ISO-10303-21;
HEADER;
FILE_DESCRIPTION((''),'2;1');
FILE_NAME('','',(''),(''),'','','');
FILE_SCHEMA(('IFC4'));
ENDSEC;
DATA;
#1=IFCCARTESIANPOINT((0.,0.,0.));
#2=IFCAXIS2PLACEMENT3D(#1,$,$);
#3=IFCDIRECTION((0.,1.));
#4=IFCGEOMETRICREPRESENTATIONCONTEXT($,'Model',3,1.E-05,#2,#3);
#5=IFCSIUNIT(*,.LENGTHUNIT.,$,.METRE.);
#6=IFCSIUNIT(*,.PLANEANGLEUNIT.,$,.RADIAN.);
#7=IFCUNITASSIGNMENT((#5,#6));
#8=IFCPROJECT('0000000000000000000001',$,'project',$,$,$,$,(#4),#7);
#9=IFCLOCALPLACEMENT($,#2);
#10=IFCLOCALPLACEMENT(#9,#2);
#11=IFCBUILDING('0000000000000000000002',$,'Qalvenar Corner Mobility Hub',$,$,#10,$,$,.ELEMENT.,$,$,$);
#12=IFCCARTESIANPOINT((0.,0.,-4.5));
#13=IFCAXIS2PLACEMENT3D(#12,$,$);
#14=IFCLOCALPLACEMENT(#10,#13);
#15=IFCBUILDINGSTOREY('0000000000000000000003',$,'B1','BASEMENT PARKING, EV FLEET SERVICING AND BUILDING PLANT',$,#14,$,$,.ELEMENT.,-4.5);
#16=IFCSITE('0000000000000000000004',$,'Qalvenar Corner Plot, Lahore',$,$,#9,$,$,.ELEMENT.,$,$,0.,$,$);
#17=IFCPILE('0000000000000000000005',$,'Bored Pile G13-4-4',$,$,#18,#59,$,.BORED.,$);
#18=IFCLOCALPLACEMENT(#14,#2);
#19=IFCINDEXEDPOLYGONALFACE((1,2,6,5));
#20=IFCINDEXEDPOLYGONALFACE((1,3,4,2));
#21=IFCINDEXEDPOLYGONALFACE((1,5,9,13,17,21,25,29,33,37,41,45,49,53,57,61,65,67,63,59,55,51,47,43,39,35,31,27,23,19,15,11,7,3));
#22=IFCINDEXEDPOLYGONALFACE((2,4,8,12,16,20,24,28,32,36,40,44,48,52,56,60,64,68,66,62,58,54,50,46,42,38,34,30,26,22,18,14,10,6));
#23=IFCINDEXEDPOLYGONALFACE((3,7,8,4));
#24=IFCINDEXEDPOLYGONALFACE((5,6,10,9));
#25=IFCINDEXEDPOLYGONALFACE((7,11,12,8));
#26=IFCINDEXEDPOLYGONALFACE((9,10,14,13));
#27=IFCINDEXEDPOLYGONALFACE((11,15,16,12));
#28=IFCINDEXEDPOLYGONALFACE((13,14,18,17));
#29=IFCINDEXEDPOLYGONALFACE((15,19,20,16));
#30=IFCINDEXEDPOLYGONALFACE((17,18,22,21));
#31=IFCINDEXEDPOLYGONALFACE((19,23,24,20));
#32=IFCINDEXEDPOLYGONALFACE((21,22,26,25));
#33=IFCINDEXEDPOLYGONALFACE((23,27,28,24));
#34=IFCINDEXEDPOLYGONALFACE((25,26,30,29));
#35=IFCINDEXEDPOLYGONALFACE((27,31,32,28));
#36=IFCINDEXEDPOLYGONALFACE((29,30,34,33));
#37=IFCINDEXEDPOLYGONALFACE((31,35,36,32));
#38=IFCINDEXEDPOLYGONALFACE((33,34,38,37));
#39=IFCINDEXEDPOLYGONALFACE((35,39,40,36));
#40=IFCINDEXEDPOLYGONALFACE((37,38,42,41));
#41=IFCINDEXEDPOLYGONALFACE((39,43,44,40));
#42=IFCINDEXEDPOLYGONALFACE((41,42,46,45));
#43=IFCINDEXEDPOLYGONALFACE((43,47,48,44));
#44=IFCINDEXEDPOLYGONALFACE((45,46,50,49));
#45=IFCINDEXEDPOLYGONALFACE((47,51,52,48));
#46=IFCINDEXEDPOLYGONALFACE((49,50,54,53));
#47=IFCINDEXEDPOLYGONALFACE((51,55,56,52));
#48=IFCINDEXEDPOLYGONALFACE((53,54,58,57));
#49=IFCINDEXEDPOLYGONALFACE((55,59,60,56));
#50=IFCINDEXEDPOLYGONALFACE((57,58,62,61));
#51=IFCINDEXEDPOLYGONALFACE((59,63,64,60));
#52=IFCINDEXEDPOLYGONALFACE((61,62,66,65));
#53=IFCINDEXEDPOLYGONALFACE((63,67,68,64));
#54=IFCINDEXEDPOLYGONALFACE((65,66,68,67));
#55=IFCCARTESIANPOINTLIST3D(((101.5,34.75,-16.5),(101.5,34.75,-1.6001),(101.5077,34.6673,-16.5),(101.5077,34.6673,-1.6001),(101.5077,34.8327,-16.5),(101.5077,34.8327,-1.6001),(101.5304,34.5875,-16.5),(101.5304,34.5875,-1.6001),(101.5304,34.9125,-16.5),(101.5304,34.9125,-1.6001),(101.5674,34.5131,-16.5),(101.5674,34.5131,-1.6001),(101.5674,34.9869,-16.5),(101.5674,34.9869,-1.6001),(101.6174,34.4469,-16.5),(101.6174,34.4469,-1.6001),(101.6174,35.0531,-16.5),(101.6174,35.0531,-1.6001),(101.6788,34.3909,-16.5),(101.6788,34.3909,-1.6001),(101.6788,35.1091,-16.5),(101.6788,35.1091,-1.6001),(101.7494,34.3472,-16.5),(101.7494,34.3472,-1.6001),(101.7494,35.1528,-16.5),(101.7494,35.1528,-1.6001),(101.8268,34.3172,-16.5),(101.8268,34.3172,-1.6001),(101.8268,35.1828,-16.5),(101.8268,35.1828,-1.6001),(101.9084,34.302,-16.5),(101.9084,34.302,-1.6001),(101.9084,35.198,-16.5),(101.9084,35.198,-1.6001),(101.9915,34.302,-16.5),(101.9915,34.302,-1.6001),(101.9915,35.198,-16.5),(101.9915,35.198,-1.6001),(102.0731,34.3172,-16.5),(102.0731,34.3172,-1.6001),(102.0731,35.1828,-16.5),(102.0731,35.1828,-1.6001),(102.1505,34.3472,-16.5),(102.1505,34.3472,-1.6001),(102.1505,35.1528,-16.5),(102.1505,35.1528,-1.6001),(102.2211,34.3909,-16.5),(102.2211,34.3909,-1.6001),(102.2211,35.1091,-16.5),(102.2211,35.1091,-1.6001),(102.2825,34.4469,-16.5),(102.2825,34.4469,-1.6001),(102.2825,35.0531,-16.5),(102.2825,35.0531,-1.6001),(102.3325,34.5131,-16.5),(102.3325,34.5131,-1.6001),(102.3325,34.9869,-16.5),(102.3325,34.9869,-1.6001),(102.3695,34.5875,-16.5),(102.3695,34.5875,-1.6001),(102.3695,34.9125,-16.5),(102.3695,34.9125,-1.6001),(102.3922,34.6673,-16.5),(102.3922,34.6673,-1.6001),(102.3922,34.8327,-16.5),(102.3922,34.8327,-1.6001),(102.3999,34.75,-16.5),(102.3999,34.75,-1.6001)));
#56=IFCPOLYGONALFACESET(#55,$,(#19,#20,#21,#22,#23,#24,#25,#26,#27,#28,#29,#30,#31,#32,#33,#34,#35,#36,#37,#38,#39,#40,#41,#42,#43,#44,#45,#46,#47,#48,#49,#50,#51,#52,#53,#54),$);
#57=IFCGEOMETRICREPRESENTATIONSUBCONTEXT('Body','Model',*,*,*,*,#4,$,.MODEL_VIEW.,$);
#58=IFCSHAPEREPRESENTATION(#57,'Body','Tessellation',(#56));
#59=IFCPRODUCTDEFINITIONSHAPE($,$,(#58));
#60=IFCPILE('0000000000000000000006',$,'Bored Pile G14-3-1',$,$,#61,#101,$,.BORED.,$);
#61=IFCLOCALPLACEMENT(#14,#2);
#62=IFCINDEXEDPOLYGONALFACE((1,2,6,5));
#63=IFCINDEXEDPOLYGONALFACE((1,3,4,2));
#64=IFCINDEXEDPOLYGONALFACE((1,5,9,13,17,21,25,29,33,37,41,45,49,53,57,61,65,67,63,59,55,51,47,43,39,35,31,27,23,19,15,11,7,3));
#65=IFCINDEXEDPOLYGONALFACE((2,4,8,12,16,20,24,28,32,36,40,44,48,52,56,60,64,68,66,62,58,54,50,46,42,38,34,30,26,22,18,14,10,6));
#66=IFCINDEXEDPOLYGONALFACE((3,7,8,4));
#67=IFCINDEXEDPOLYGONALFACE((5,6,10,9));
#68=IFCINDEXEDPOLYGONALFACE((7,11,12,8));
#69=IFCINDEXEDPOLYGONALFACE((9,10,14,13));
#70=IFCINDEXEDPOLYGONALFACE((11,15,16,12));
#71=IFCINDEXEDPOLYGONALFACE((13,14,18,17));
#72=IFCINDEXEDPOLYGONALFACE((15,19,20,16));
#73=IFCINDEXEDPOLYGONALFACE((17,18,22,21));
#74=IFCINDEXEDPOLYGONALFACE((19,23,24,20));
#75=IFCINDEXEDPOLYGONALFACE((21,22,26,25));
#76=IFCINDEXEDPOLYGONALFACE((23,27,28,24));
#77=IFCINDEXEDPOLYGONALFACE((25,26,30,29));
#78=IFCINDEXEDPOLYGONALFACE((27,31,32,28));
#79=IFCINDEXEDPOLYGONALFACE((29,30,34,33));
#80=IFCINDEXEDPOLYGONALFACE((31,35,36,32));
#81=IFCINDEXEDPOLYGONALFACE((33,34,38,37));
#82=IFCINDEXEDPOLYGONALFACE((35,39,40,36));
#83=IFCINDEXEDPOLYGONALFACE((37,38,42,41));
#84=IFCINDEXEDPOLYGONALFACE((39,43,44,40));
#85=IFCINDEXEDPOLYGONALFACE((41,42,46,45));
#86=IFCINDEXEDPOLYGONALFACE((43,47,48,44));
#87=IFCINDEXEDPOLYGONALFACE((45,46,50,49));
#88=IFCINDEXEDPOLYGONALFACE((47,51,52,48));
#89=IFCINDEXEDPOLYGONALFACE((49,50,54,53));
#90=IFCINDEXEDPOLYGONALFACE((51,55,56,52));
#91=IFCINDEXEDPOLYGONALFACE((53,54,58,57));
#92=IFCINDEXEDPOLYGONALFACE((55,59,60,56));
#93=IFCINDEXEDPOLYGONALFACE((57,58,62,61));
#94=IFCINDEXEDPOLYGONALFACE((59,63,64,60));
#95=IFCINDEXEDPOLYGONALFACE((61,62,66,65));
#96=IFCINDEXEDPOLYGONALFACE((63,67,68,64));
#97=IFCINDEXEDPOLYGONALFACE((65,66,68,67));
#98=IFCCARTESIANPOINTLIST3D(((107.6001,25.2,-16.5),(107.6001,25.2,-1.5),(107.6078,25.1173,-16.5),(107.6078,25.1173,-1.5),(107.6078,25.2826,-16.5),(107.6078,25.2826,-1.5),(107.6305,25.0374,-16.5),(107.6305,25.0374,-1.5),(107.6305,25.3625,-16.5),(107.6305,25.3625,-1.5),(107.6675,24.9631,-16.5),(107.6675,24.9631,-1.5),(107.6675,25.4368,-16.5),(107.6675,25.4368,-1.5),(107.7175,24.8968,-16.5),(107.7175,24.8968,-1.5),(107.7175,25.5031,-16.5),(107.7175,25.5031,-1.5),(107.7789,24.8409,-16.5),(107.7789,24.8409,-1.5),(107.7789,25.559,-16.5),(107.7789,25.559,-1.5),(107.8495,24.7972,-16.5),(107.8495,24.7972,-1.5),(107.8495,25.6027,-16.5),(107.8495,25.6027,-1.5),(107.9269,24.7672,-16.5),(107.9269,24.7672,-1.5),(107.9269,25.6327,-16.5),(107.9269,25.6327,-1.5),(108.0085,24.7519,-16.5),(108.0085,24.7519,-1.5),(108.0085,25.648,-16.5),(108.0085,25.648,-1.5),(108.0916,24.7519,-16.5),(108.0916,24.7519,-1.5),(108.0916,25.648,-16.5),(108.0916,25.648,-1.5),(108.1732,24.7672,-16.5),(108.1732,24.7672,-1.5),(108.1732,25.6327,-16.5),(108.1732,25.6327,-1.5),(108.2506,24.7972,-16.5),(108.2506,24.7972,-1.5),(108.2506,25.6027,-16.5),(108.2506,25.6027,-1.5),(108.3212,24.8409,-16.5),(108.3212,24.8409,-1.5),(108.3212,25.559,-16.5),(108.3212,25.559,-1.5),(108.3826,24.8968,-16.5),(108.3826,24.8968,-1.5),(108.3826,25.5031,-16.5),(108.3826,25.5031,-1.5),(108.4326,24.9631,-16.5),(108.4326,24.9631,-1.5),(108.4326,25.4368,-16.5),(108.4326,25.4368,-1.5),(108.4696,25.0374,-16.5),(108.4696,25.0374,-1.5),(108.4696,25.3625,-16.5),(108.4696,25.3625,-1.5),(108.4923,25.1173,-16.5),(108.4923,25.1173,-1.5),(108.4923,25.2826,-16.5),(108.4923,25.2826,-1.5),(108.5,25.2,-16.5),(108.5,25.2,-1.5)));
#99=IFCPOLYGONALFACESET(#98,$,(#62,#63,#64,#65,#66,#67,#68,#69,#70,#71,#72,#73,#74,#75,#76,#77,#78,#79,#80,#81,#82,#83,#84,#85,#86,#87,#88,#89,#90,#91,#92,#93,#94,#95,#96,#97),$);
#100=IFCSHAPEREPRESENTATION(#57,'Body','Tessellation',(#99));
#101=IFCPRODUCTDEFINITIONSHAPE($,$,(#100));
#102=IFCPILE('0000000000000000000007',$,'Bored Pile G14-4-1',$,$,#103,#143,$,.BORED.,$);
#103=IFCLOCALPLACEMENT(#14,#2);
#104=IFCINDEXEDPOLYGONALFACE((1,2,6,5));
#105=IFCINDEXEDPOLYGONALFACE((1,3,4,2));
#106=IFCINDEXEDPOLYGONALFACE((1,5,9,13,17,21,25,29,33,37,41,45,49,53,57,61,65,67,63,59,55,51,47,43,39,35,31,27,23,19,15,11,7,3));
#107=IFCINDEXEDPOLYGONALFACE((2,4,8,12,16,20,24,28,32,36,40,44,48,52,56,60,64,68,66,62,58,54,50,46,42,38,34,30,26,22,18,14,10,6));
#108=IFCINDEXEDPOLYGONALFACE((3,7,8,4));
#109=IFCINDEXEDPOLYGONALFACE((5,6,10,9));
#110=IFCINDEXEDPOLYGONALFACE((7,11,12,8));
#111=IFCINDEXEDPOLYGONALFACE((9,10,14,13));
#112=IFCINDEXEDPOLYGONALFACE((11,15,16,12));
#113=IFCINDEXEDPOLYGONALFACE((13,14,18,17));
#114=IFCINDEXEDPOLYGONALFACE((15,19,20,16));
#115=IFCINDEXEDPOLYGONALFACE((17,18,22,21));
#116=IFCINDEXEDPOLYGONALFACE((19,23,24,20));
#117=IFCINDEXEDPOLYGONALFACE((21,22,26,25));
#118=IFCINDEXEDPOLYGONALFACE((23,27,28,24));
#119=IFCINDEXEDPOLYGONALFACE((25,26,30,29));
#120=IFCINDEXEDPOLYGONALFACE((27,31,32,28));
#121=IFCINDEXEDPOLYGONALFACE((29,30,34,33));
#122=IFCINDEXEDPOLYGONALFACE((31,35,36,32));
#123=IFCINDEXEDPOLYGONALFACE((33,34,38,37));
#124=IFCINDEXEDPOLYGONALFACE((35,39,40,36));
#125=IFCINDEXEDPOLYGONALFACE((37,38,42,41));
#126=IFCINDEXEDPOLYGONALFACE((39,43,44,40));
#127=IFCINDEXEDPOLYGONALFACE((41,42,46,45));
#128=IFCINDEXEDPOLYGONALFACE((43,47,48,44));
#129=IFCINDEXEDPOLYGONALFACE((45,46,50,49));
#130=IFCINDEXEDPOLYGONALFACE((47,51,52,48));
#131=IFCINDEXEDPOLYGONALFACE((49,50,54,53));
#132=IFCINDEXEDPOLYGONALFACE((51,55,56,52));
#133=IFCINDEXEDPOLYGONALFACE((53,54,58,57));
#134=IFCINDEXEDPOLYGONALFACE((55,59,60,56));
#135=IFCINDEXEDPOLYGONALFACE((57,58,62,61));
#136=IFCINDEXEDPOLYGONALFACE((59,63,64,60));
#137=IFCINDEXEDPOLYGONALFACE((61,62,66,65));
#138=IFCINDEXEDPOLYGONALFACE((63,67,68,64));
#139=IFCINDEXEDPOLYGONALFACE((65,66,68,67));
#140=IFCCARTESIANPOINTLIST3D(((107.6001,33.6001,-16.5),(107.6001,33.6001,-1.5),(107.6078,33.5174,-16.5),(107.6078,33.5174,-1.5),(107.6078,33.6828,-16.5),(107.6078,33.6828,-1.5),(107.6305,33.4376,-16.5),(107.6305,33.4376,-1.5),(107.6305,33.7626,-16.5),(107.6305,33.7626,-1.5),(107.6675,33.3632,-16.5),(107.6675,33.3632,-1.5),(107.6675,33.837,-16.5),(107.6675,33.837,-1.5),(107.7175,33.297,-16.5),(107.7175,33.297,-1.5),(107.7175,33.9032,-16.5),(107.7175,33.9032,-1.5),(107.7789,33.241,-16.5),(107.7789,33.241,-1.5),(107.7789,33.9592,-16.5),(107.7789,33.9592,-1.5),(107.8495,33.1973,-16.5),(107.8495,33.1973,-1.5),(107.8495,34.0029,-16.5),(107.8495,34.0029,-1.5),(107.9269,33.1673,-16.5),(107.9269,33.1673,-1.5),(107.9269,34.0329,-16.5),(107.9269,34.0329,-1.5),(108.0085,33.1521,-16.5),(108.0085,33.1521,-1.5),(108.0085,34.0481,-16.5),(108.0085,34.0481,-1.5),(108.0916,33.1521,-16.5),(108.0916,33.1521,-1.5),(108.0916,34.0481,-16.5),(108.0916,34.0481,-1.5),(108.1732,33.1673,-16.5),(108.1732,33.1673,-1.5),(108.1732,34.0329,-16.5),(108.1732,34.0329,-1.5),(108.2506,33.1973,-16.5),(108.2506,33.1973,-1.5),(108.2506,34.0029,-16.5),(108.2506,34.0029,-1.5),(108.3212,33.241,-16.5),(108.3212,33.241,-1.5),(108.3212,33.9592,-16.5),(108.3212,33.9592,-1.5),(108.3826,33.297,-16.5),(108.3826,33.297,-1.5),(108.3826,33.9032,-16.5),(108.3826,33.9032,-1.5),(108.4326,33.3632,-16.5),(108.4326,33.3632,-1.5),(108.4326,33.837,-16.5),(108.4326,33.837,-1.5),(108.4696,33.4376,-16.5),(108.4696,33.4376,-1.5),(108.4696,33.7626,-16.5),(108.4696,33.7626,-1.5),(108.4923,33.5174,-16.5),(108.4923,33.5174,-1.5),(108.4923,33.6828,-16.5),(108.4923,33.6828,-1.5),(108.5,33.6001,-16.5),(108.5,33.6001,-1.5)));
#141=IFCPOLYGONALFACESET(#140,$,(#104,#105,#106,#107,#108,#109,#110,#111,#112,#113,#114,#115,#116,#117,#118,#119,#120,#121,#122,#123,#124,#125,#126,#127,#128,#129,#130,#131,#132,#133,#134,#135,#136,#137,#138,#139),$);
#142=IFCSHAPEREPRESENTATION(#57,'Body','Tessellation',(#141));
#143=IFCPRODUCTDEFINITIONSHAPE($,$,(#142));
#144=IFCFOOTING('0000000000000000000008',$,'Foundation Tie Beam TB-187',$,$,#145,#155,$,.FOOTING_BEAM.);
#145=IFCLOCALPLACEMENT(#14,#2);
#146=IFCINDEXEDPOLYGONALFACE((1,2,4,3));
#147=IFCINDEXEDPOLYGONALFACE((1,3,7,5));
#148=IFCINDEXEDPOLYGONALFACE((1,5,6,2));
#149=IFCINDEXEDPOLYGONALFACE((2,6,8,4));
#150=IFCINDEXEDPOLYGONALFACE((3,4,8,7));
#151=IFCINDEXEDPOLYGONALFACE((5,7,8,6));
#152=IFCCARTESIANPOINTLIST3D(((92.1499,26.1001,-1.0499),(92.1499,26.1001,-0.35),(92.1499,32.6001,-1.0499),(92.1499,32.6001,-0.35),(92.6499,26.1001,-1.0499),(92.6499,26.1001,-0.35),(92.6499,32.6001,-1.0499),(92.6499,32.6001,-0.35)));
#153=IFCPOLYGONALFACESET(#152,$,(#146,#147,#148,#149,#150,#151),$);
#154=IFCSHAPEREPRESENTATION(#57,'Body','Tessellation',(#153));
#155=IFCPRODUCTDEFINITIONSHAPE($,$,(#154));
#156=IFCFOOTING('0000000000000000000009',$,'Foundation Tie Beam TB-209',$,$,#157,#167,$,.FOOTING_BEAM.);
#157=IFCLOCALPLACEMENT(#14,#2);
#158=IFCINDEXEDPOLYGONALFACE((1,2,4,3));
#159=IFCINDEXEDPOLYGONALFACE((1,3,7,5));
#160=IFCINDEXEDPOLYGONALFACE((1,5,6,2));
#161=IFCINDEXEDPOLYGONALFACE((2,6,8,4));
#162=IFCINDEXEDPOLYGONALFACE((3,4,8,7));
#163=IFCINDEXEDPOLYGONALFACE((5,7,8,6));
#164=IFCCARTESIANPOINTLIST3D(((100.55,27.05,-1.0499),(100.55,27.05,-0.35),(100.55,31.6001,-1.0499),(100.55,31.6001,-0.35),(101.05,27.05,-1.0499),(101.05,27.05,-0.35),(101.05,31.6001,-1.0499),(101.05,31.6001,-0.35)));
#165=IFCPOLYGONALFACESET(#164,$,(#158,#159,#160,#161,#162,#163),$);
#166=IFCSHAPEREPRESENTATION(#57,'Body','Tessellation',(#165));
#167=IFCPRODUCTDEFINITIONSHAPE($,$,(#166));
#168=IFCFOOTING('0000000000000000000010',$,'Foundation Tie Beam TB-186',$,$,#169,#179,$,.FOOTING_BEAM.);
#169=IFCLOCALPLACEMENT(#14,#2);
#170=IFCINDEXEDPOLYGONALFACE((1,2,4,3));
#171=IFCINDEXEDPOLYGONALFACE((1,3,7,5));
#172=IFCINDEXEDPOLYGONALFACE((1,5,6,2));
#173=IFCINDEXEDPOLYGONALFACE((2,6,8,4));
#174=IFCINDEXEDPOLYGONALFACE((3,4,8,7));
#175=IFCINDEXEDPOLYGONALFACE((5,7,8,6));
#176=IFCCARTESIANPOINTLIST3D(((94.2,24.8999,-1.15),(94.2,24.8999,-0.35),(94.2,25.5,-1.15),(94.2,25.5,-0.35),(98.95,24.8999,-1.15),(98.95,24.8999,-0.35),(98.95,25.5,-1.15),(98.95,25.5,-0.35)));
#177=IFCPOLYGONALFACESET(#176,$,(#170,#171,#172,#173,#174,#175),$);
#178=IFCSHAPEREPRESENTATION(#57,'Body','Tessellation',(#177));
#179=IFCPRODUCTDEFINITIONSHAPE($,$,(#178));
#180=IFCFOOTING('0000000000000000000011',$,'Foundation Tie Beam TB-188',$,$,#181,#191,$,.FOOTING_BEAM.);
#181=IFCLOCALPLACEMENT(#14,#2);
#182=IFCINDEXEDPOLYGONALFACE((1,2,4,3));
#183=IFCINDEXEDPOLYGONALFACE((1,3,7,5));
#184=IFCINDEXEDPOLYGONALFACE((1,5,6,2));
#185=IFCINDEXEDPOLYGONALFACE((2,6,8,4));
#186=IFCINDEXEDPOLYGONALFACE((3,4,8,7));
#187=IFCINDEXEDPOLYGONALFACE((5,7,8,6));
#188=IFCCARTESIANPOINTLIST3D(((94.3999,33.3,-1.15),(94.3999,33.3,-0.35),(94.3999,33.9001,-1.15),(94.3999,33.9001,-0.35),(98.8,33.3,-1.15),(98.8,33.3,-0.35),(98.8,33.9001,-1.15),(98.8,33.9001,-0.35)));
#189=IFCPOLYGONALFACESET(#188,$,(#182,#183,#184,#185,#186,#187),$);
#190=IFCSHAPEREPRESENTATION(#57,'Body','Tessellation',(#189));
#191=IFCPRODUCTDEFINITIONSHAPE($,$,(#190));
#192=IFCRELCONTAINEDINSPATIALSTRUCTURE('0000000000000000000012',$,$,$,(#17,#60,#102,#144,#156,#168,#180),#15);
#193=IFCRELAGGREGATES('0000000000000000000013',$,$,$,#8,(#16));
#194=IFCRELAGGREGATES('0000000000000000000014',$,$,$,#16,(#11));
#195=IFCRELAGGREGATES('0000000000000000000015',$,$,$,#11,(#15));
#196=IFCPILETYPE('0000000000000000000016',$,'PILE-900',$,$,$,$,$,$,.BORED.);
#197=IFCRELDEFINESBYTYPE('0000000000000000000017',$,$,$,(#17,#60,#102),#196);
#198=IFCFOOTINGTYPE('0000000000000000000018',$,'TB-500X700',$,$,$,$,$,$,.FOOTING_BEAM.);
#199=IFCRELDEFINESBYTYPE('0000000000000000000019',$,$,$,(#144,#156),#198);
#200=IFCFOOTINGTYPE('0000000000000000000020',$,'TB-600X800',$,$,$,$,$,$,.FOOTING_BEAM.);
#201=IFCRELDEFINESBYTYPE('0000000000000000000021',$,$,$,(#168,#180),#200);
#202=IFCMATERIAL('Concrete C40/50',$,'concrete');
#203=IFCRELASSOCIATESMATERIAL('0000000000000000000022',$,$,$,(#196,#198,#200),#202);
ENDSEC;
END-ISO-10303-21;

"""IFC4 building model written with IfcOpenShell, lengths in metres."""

from ifc_helpers import new_model, si_unit, direction, frame, origin, origin_2d, place, context, subcontext, project, spatial, rectangle, circle, extrude, material, material_profile, profile_set, type_object, element, save


model = new_model("IFC4")

# Units and contexts
model_context = context("Model", 3, precision=1e-05, world=origin(), true_north=direction((0.0, 1.0)))
body_context = subcontext(model_context, "Body", "Model", "MODEL_VIEW")
ifc_project = project(units=[si_unit("LENGTHUNIT", "METRE"), si_unit("PLANEANGLEUNIT", "RADIAN")], contexts=[model_context])

# Site, building, storey
site_placement = place(None, origin())
site = spatial("IfcSite", under=ifc_project, at=site_placement, Name="Qalvenar Corner Plot, Lahore", CompositionType="ELEMENT", RefElevation=0.0)
building_placement = place(site_placement, origin())
building = spatial("IfcBuilding", under=site, at=building_placement, Name="Qalvenar Corner Mobility Hub", CompositionType="ELEMENT")
storey_placement = place(building_placement, frame((0.0, 0.0, -4.5)))
storey = spatial("IfcBuildingStorey", under=building, at=storey_placement, Name="B1", Description="BASEMENT PARKING, EV FLEET SERVICING AND BUILDING PLANT", CompositionType="ELEMENT", Elevation=-4.5)

# Shared definitions
ifc_material_1 = material(Name="Concrete C40/50", Category="concrete")

# Piles
ifc_material_profile_1 = material_profile(ifc_material_1, circle(Radius=0.45, at=origin_2d()), Name="DIA900")
ifc_profile_set_1 = profile_set([ifc_material_profile_1], Name="Concrete C40/50")
pile_type_1 = type_object("IfcPileType", Name="PILE-900", PredefinedType="BORED", material=ifc_profile_set_1)
for number, where, z_axis, x_axis, name in (
    (1, (101.95, 34.75, -1.6001), (0.0, 0.0, -1.0), (1.0, 0.0, 0.0), "Bored Pile G13-4-4"),
):
    element("IfcPile", number, at=place(storey_placement, frame(where, z_axis=z_axis, x_axis=x_axis)), inside=storey, type_object=pile_type_1, Name=name, PredefinedType="BORED", context=body_context, shape_type="SweptSolid", body=[
        extrude(circle(Radius=0.45, at=origin_2d()), origin(), (0.0, 0.0, 1.0), 14.8999),
    ])
for number, where, z_axis, x_axis, name in (
    (2, (108.05, 25.2, -1.5), (0.0, 0.0, -1.0), (1.0, 0.0, 0.0), "Bored Pile G14-3-1"),
    (3, (108.05, 33.6001, -1.5), (0.0, 0.0, -1.0), (1.0, 0.0, 0.0), "Bored Pile G14-4-1"),
):
    element("IfcPile", number, at=place(storey_placement, frame(where, z_axis=z_axis, x_axis=x_axis)), inside=storey, type_object=pile_type_1, Name=name, PredefinedType="BORED", context=body_context, shape_type="SweptSolid", body=[
        extrude(circle(Radius=0.45, at=origin_2d()), origin(), (0.0, 0.0, 1.0), 15.0),
    ])

# Footings
ifc_material_profile_2 = material_profile(ifc_material_1, rectangle(XDim=0.5, YDim=0.7, at=origin_2d()), Name="RC500x700")
ifc_profile_set_2 = profile_set([ifc_material_profile_2], Name="Concrete C40/50")
footing_type_1 = type_object("IfcFootingType", Name="TB-500X700", PredefinedType="FOOTING_BEAM", material=ifc_profile_set_2)
footing_1_placement = place(storey_placement, frame((92.3999, 26.1001, -0.7), z_axis=(0.0, 1.0, 0.0), x_axis=(-1.0, 0.0, 0.0)))
element("IfcFooting", 4, at=footing_1_placement, inside=storey, type_object=footing_type_1, Name="Foundation Tie Beam TB-187", PredefinedType="FOOTING_BEAM", context=body_context, shape_type="SweptSolid", body=[
    extrude(rectangle(XDim=0.5, YDim=0.7, at=origin_2d()), origin(), (0.0, 0.0, 1.0), 6.5),
])
footing_2_placement = place(storey_placement, frame((100.8, 27.05, -0.7), z_axis=(0.0, 1.0, 0.0), x_axis=(-1.0, 0.0, 0.0)))
element("IfcFooting", 5, at=footing_2_placement, inside=storey, type_object=footing_type_1, Name="Foundation Tie Beam TB-209", PredefinedType="FOOTING_BEAM", context=body_context, shape_type="SweptSolid", body=[
    extrude(rectangle(XDim=0.5, YDim=0.7, at=origin_2d()), origin(), (0.0, 0.0, 1.0), 4.55),
])
ifc_material_profile_3 = material_profile(ifc_material_1, rectangle(XDim=0.6001, YDim=0.8, at=origin_2d()), Name="RC600x800")
ifc_profile_set_3 = profile_set([ifc_material_profile_3], Name="Concrete C40/50")
footing_type_2 = type_object("IfcFootingType", Name="TB-600X800", PredefinedType="FOOTING_BEAM", material=ifc_profile_set_3)
footing_3_placement = place(storey_placement, frame((94.2, 25.2, -0.75), z_axis=(1.0, 0.0, 0.0), x_axis=(0.0, 1.0, 0.0)))
element("IfcFooting", 6, at=footing_3_placement, inside=storey, type_object=footing_type_2, Name="Foundation Tie Beam TB-186", PredefinedType="FOOTING_BEAM", context=body_context, shape_type="SweptSolid", body=[
    extrude(rectangle(XDim=0.6001, YDim=0.8, at=origin_2d()), origin(), (0.0, 0.0, 1.0), 4.75),
])
footing_4_placement = place(storey_placement, frame((94.3999, 33.6001, -0.75), z_axis=(1.0, 0.0, 0.0), x_axis=(0.0, 1.0, 0.0)))
element("IfcFooting", 7, at=footing_4_placement, inside=storey, type_object=footing_type_2, Name="Foundation Tie Beam TB-188", PredefinedType="FOOTING_BEAM", context=body_context, shape_type="SweptSolid", body=[
    extrude(rectangle(XDim=0.6001, YDim=0.8, at=origin_2d()), origin(), (0.0, 0.0, 1.0), 4.4001),
])

save(model, "model.ifc")
